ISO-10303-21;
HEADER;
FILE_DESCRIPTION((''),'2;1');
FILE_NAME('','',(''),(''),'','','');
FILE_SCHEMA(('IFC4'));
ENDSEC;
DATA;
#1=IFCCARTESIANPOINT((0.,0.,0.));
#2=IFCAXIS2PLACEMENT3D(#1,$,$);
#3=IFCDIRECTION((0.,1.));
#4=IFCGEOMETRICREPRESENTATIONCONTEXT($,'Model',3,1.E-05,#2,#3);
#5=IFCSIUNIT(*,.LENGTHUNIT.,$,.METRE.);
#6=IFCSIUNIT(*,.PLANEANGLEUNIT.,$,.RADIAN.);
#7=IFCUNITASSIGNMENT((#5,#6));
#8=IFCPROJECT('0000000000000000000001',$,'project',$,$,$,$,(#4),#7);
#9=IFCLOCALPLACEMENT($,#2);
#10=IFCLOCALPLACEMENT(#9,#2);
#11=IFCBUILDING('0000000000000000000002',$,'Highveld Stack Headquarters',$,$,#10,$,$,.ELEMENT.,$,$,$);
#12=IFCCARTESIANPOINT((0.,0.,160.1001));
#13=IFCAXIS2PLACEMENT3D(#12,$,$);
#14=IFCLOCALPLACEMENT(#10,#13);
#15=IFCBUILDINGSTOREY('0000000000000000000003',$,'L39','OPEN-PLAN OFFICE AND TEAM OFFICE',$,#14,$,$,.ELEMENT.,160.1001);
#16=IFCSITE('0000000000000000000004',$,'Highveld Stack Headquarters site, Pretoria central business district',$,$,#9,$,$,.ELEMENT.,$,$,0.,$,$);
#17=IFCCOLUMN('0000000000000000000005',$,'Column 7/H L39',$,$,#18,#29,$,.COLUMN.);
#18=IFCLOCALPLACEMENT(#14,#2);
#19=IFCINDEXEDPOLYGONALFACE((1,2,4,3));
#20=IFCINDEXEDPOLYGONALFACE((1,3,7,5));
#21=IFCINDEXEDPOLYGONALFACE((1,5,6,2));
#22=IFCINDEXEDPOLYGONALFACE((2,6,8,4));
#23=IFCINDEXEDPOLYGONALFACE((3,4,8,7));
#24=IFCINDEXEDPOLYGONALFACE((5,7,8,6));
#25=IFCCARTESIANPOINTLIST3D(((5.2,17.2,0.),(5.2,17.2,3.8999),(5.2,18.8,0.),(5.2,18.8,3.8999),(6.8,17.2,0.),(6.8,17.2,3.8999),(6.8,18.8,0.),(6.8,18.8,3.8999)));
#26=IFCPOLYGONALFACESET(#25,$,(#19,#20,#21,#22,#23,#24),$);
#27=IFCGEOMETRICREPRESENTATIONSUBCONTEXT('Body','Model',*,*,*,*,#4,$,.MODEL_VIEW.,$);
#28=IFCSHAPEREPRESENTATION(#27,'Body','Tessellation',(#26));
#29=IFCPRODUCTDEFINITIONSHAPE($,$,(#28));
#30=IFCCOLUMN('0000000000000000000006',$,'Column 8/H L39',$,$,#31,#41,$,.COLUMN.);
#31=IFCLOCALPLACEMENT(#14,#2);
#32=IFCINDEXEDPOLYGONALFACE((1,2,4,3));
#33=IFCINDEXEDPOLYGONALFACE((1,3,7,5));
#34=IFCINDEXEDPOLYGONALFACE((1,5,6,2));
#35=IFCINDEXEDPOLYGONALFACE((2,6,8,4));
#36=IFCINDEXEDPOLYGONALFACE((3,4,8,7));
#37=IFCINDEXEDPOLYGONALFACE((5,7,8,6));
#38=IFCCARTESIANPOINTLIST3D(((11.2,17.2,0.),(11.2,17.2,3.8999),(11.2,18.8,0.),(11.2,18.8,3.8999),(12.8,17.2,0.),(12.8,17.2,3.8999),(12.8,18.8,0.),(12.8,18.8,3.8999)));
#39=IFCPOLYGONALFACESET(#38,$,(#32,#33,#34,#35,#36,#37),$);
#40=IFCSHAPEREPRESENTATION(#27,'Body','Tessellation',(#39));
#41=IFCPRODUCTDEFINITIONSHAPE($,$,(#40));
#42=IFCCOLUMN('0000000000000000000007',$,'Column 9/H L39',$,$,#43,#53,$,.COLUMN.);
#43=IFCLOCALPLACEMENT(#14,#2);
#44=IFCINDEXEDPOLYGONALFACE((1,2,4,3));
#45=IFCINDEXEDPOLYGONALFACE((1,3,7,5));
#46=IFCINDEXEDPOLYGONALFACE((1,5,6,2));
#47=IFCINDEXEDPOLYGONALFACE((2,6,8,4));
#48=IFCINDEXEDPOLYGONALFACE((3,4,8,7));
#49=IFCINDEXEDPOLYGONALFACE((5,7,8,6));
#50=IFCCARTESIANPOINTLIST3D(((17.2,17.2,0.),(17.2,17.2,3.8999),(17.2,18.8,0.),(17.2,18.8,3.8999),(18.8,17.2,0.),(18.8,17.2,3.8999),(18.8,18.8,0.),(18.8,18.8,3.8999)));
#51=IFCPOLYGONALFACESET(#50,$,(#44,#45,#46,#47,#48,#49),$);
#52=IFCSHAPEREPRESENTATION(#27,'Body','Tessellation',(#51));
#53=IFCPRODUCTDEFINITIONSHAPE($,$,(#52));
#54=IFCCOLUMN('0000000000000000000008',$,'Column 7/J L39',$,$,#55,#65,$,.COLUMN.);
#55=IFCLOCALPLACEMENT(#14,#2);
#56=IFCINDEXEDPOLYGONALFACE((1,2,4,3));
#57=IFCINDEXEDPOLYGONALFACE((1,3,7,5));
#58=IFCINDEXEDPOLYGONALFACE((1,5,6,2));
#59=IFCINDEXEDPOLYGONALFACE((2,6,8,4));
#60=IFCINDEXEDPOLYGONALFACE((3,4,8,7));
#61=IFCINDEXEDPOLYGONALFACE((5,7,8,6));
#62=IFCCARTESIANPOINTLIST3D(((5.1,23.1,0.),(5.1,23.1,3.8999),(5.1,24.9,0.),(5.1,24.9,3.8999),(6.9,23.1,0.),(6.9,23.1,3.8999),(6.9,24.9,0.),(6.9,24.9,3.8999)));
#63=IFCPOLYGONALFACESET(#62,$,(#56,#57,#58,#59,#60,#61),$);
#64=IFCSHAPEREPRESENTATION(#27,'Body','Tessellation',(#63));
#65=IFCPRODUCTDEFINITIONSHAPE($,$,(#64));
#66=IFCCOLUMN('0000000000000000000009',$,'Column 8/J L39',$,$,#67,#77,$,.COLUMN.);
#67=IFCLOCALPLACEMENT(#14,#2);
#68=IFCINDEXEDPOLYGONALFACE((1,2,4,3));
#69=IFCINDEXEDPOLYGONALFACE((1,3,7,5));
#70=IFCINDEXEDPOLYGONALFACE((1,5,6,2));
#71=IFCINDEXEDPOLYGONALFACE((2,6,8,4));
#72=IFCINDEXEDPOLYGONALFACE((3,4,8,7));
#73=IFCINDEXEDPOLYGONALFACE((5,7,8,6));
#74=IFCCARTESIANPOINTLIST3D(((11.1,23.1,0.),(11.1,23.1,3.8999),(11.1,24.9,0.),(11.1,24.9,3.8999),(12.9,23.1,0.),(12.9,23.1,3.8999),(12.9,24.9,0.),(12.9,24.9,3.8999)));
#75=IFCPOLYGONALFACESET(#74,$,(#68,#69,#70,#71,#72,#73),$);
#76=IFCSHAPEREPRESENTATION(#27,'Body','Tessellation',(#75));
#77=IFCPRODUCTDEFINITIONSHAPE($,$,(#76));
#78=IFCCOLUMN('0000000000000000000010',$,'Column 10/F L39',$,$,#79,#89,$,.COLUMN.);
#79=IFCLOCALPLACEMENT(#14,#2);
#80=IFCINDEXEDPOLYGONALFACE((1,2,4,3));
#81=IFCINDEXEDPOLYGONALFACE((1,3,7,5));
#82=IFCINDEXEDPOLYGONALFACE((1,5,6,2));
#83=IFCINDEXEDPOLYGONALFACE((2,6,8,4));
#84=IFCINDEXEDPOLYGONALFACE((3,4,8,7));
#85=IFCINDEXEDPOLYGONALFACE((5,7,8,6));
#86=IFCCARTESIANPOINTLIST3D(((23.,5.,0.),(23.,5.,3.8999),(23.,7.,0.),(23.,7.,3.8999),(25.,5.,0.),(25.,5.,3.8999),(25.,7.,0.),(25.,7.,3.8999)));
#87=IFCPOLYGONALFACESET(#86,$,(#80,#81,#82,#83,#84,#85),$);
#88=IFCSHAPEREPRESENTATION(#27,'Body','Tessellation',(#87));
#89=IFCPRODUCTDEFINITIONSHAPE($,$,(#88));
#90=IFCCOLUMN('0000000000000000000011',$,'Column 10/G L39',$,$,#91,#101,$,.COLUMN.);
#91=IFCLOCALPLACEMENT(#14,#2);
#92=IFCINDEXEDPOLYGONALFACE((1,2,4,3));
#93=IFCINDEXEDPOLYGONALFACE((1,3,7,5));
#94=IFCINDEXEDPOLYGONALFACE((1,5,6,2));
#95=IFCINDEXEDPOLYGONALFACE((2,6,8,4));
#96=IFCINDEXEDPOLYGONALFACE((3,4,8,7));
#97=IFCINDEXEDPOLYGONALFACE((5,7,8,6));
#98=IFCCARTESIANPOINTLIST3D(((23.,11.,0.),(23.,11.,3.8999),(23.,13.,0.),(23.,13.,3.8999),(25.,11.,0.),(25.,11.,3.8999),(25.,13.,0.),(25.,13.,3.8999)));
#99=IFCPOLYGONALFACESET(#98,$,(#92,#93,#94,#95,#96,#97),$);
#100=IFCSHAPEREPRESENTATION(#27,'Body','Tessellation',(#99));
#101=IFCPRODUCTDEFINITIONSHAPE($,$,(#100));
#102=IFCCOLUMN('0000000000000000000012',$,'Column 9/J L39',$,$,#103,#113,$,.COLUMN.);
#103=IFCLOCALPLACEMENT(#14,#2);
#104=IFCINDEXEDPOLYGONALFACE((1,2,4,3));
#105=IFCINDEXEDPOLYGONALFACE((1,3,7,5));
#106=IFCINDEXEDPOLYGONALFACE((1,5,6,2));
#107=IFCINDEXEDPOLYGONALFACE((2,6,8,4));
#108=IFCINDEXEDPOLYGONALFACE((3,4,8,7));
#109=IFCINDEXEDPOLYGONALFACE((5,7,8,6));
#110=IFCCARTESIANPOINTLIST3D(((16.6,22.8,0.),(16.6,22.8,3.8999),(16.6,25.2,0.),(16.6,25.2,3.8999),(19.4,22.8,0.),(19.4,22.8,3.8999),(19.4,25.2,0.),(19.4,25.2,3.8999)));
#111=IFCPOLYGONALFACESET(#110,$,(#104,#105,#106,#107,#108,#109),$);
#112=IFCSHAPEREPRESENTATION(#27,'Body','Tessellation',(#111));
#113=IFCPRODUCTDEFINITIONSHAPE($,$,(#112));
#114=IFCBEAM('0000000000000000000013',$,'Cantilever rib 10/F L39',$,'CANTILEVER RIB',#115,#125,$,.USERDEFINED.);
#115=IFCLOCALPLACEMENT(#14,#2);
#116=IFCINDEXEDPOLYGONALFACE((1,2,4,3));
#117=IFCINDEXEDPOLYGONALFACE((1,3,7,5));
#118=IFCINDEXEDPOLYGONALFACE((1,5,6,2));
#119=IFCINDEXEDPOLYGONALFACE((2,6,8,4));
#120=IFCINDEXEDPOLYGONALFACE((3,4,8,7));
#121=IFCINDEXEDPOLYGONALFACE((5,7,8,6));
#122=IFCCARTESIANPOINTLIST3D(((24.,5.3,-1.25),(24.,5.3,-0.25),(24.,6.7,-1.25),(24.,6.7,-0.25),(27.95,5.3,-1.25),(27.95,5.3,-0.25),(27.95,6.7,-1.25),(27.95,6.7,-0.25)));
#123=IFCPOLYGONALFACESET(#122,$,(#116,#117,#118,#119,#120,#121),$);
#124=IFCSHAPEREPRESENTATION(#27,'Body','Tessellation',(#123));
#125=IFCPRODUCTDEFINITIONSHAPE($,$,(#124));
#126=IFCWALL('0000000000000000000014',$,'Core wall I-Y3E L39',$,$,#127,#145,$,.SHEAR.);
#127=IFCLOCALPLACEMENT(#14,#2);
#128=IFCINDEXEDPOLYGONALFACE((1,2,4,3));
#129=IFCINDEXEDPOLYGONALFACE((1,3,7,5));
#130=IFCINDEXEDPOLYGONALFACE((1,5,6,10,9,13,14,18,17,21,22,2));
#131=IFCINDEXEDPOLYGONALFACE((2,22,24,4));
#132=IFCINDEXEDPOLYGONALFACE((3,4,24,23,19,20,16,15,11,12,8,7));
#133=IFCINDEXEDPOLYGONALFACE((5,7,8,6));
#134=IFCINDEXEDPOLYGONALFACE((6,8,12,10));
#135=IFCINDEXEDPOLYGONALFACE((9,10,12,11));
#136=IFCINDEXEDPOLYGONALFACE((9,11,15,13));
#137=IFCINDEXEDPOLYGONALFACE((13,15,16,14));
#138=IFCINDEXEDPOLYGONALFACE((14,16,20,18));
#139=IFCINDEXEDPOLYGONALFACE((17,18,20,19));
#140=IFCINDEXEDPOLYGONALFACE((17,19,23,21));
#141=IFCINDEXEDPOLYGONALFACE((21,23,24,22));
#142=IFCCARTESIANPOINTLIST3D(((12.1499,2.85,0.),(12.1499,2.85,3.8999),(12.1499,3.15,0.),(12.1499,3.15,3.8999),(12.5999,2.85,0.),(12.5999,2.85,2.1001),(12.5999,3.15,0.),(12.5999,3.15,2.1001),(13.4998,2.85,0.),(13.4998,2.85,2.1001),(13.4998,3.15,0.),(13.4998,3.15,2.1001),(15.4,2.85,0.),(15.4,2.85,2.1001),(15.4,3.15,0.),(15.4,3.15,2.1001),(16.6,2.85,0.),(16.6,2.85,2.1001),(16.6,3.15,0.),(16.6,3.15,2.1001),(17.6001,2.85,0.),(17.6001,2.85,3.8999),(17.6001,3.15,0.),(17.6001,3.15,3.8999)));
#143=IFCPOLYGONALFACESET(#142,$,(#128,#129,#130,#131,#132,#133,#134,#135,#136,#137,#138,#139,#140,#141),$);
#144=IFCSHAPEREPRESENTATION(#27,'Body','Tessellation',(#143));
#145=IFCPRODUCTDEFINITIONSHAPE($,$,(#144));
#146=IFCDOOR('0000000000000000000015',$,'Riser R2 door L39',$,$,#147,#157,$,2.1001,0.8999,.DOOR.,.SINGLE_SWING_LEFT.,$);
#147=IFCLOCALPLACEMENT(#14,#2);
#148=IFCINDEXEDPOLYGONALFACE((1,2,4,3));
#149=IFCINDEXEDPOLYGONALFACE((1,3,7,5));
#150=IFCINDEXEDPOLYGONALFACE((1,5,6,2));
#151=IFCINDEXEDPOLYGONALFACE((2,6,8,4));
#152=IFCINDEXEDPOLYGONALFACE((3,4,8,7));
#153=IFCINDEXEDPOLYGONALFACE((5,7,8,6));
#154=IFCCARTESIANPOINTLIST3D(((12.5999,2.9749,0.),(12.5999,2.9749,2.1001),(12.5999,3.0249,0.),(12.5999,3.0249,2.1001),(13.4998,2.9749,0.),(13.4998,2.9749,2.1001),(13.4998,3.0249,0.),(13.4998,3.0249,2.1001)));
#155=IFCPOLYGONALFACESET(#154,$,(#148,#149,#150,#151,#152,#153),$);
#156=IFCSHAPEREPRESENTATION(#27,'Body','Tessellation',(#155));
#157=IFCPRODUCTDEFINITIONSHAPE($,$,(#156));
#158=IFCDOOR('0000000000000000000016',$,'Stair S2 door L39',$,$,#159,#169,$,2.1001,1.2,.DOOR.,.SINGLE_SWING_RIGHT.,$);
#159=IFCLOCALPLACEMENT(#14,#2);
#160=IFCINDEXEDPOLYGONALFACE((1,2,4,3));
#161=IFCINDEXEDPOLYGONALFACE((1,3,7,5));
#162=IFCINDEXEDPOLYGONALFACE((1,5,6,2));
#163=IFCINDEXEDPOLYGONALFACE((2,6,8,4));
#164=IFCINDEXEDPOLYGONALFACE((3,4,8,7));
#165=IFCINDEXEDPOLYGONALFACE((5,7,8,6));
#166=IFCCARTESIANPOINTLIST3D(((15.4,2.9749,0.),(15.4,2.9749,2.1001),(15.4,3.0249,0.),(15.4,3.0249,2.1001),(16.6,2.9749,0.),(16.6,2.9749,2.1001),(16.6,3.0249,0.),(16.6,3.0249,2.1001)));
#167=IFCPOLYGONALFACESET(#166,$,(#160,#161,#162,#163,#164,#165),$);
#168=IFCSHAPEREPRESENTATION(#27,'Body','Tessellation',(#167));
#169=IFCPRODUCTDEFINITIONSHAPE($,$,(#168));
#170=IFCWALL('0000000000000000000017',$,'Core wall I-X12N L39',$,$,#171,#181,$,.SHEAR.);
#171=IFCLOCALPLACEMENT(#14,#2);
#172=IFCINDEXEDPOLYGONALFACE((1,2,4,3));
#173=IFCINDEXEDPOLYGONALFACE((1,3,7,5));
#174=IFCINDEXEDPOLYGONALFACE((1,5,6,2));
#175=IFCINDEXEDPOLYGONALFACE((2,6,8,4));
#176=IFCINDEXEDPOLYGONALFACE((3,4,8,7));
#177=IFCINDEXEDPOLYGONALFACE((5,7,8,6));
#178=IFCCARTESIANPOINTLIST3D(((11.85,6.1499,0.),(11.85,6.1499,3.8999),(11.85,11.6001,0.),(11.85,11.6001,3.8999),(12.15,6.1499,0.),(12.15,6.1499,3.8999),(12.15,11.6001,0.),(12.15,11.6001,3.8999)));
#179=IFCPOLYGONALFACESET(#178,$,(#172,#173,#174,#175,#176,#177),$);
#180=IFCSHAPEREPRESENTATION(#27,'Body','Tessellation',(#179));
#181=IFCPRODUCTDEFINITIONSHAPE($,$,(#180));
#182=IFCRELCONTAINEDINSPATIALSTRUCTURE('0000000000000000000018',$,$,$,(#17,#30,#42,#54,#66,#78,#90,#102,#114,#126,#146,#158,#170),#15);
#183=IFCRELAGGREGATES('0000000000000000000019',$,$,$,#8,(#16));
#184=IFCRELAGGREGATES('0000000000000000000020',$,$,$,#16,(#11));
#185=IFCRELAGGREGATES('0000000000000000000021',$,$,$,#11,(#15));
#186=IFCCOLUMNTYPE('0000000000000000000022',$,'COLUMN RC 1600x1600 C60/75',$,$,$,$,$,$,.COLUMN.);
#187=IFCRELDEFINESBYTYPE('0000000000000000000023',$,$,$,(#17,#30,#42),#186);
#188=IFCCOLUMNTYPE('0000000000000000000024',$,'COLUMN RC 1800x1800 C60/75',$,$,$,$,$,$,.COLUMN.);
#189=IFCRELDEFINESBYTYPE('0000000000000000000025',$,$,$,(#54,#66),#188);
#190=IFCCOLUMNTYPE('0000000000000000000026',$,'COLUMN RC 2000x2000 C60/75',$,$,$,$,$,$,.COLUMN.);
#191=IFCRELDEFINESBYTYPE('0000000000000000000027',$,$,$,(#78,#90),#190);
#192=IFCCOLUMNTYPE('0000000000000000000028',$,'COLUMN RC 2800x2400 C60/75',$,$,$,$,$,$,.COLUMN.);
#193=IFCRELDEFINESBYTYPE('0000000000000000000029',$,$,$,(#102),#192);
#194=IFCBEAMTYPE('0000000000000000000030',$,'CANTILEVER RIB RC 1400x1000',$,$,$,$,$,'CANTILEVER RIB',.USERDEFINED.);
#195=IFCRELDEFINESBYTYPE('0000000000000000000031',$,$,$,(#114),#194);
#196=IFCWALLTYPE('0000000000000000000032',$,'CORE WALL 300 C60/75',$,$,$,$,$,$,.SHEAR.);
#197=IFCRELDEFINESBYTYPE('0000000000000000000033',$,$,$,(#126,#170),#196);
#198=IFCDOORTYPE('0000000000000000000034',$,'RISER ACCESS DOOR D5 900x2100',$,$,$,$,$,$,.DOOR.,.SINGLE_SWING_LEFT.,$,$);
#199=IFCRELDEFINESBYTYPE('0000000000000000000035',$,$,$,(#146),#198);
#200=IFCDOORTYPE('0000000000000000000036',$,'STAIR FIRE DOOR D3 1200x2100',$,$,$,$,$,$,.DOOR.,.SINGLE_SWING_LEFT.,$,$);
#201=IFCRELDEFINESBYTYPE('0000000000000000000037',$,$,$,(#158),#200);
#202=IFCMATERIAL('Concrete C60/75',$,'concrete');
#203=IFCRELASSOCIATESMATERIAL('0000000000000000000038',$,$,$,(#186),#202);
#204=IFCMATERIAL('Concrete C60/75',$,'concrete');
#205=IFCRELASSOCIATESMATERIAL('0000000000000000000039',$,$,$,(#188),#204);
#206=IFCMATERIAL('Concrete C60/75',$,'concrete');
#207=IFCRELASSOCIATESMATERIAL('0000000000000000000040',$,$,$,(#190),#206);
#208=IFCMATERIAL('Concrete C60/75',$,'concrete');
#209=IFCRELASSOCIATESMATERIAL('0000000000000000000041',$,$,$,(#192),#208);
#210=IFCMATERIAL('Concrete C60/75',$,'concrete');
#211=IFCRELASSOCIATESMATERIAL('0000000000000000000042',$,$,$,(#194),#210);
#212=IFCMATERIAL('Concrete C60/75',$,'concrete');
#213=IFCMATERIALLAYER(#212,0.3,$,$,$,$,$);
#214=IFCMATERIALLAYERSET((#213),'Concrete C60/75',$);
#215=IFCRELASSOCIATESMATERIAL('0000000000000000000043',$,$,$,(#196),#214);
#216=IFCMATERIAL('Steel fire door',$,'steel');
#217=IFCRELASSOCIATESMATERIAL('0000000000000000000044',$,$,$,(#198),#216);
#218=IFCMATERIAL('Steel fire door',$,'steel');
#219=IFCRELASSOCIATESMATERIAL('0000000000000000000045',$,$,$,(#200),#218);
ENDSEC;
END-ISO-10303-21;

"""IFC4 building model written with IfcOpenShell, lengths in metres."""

from ifc_helpers import new_model, si_unit, direction, frame, frame_2d, origin, origin_2d, place, context, subcontext, project, spatial, rectangle, extrude, material, layer, layer_set, material_profile, profile_set, type_object, element, fill, save


model = new_model("IFC4")

# Units and contexts
model_context = context("Model", 3, precision=1e-05, world=origin(), true_north=direction((0.0, 1.0)))
body_context = subcontext(model_context, "Body", "Model", "MODEL_VIEW")
ifc_project = project(units=[si_unit("LENGTHUNIT", "METRE"), si_unit("PLANEANGLEUNIT", "RADIAN")], contexts=[model_context])

# Site, building, storey
site_placement = place(None, origin())
site = spatial("IfcSite", under=ifc_project, at=site_placement, Name="Highveld Stack Headquarters site, Pretoria central business district", CompositionType="ELEMENT", RefElevation=0.0)
building_placement = place(site_placement, origin())
building = spatial("IfcBuilding", under=site, at=building_placement, Name="Highveld Stack Headquarters", CompositionType="ELEMENT")
storey_placement = place(building_placement, frame((0.0, 0.0, 160.1001)))
storey = spatial("IfcBuildingStorey", under=building, at=storey_placement, Name="L39", Description="OPEN-PLAN OFFICE AND TEAM OFFICE", CompositionType="ELEMENT", Elevation=160.1001)

# Columns
ifc_material_1 = material(Name="Concrete C60/75", Category="concrete")
ifc_material_profile_1 = material_profile(ifc_material_1, rectangle(XDim=1.6001, YDim=1.6001, at=origin_2d()), Name="RC 1600x1600")
ifc_profile_set_1 = profile_set([ifc_material_profile_1], Name="Concrete C60/75")
column_type_1 = type_object("IfcColumnType", Name="COLUMN RC 1600x1600 C60/75", PredefinedType="COLUMN", material=ifc_profile_set_1)
for number, where, z_axis, x_axis, name in (
    (1, (6.0, 18.0, 0.0), (0.0, 0.0, 1.0), (1.0, 0.0, 0.0), "Column 7/H L39"),
    (2, (12.0, 18.0, 0.0), (0.0, 0.0, 1.0), (1.0, 0.0, 0.0), "Column 8/H L39"),
    (3, (18.0, 18.0, 0.0), (0.0, 0.0, 1.0), (1.0, 0.0, 0.0), "Column 9/H L39"),
):
    element("IfcColumn", number, at=place(storey_placement, frame(where, z_axis=z_axis, x_axis=x_axis)), inside=storey, type_object=column_type_1, Name=name, PredefinedType="COLUMN", context=body_context, shape_type="SweptSolid", body=[
        extrude(rectangle(XDim=1.6001, YDim=1.6001, at=origin_2d()), origin(), (0.0, 0.0, 1.0), 3.8999),
    ])
ifc_material_2 = material(Name="Concrete C60/75", Category="concrete")
ifc_material_profile_2 = material_profile(ifc_material_2, rectangle(XDim=1.8, YDim=1.8, at=origin_2d()), Name="RC 1800x1800")
ifc_profile_set_2 = profile_set([ifc_material_profile_2], Name="Concrete C60/75")
column_type_2 = type_object("IfcColumnType", Name="COLUMN RC 1800x1800 C60/75", PredefinedType="COLUMN", material=ifc_profile_set_2)
for number, where, z_axis, x_axis, name in (
    (4, (6.0, 24.0, 0.0), (0.0, 0.0, 1.0), (1.0, 0.0, 0.0), "Column 7/J L39"),
    (5, (12.0, 24.0, 0.0), (0.0, 0.0, 1.0), (1.0, 0.0, 0.0), "Column 8/J L39"),
):
    element("IfcColumn", number, at=place(storey_placement, frame(where, z_axis=z_axis, x_axis=x_axis)), inside=storey, type_object=column_type_2, Name=name, PredefinedType="COLUMN", context=body_context, shape_type="SweptSolid", body=[
        extrude(rectangle(XDim=1.8, YDim=1.8, at=origin_2d()), origin(), (0.0, 0.0, 1.0), 3.8999),
    ])
ifc_material_3 = material(Name="Concrete C60/75", Category="concrete")
ifc_material_profile_3 = material_profile(ifc_material_3, rectangle(XDim=2.0, YDim=2.0, at=origin_2d()), Name="RC 2000x2000")
ifc_profile_set_3 = profile_set([ifc_material_profile_3], Name="Concrete C60/75")
column_type_3 = type_object("IfcColumnType", Name="COLUMN RC 2000x2000 C60/75", PredefinedType="COLUMN", material=ifc_profile_set_3)
for number, where, z_axis, x_axis, name in (
    (6, (24.0, 6.0, 0.0), (0.0, 0.0, 1.0), (1.0, 0.0, 0.0), "Column 10/F L39"),
    (7, (24.0, 12.0, 0.0), (0.0, 0.0, 1.0), (1.0, 0.0, 0.0), "Column 10/G L39"),
):
    element("IfcColumn", number, at=place(storey_placement, frame(where, z_axis=z_axis, x_axis=x_axis)), inside=storey, type_object=column_type_3, Name=name, PredefinedType="COLUMN", context=body_context, shape_type="SweptSolid", body=[
        extrude(rectangle(XDim=2.0, YDim=2.0, at=origin_2d()), origin(), (0.0, 0.0, 1.0), 3.8999),
    ])
ifc_material_4 = material(Name="Concrete C60/75", Category="concrete")
ifc_material_profile_4 = material_profile(ifc_material_4, rectangle(XDim=2.8, YDim=2.3999, at=origin_2d()), Name="RC 2800x2400")
ifc_profile_set_4 = profile_set([ifc_material_profile_4], Name="Concrete C60/75")
column_type_4 = type_object("IfcColumnType", Name="COLUMN RC 2800x2400 C60/75", PredefinedType="COLUMN", material=ifc_profile_set_4)
column_placement = place(storey_placement, frame((18.0, 24.0, 0.0), z_axis=(0.0, 0.0, 1.0), x_axis=(1.0, 0.0, 0.0)))
element("IfcColumn", 8, at=column_placement, inside=storey, type_object=column_type_4, Name="Column 9/J L39", PredefinedType="COLUMN", context=body_context, shape_type="SweptSolid", body=[
    extrude(rectangle(XDim=2.8, YDim=2.3999, at=origin_2d()), origin(), (0.0, 0.0, 1.0), 3.8999),
])

# Beam
ifc_material_5 = material(Name="Concrete C60/75", Category="concrete")
ifc_material_profile_5 = material_profile(ifc_material_5, rectangle(XDim=1.3999, YDim=1.0, at=origin_2d()), Name="RC 1400x1000")
ifc_profile_set_5 = profile_set([ifc_material_profile_5], Name="Concrete C60/75")
beam_type = type_object("IfcBeamType", Name="CANTILEVER RIB RC 1400x1000", ElementType="CANTILEVER RIB", PredefinedType="USERDEFINED", material=ifc_profile_set_5)
beam_placement = place(storey_placement, frame((24.0, 6.0, -0.75), z_axis=(1.0, 0.0, 0.0), x_axis=(0.0, 1.0, 0.0)))
element("IfcBeam", 9, at=beam_placement, inside=storey, type_object=beam_type, Name="Cantilever rib 10/F L39", ObjectType="CANTILEVER RIB", PredefinedType="USERDEFINED", context=body_context, shape_type="SweptSolid", body=[
    extrude(rectangle(XDim=1.3999, YDim=1.0, at=origin_2d()), origin(), (0.0, 0.0, 1.0), 3.95),
])

# Wall, openings, doors
ifc_material_6 = material(Name="Concrete C60/75", Category="concrete")
ifc_layer_1 = layer(ifc_material_6, 0.3)
ifc_layer_set_1 = layer_set([ifc_layer_1], Name="Concrete C60/75")
wall_type_1 = type_object("IfcWallType", Name="CORE WALL 300 C60/75", PredefinedType="SHEAR", material=ifc_layer_set_1)
wall_1_placement = place(storey_placement, frame((12.1499, 3.0, 0.0), z_axis=(0.0, 0.0, 1.0), x_axis=(1.0, 0.0, 0.0)))
wall_1 = element("IfcWall", 10, at=wall_1_placement, inside=storey, type_object=wall_type_1, Name="Core wall I-Y3E L39", PredefinedType="SHEAR", context=body_context, shape_type="SweptSolid", body=[
    extrude(rectangle(XDim=5.4502, YDim=0.3, at=frame_2d((2.7251, 0.0))), origin(), (0.0, 0.0, 1.0), 3.8999),
])
opening_1_placement = place(wall_1_placement, frame((3.25, 0.0, 0.0)))
opening_1 = element("IfcOpeningElement", 11, at=opening_1_placement, cuts=wall_1, PredefinedType="OPENING", context=body_context, shape_type="SweptSolid", body=[
    extrude(rectangle(XDim=1.2, YDim=2.1001, at=frame_2d((0.6001, 1.05))), frame((0.0, 0.1599, 0.0), z_axis=(0.0, -1.0, 0.0), x_axis=(1.0, 0.0, 0.0)), (0.0, 0.0, 1.0), 0.3201),
])
opening_2_placement = place(wall_1_placement, frame((0.45, 0.0, 0.0)))
opening_2 = element("IfcOpeningElement", 12, at=opening_2_placement, cuts=wall_1, PredefinedType="OPENING", context=body_context, shape_type="SweptSolid", body=[
    extrude(rectangle(XDim=0.8999, YDim=2.1001, at=frame_2d((0.45, 1.05))), frame((0.0, 0.1599, 0.0), z_axis=(0.0, -1.0, 0.0), x_axis=(1.0, 0.0, 0.0)), (0.0, 0.0, 1.0), 0.3201),
])
ifc_material_7 = material(Name="Steel fire door", Category="steel")
door_type_1 = type_object("IfcDoorType", Name="RISER ACCESS DOOR D5 900x2100", OperationType="SINGLE_SWING_LEFT", PredefinedType="DOOR", material=ifc_material_7)
door_1_placement = place(opening_2_placement, origin())
door_1 = element("IfcDoor", 13, at=door_1_placement, inside=storey, type_object=door_type_1, Name="Riser R2 door L39", OperationType="SINGLE_SWING_LEFT", OverallHeight=2.1001, OverallWidth=0.8999, PredefinedType="DOOR", context=body_context, shape_type="SweptSolid", body=[
    extrude(rectangle(XDim=0.8999, YDim=2.1001, at=frame_2d((0.45, 1.05))), frame((0.0, 0.0249, 0.0), z_axis=(0.0, -1.0, 0.0), x_axis=(1.0, 0.0, 0.0)), (0.0, 0.0, 1.0), 0.05),
])
fill(opening_2, door_1)
ifc_material_8 = material(Name="Steel fire door", Category="steel")
door_type_2 = type_object("IfcDoorType", Name="STAIR FIRE DOOR D3 1200x2100", OperationType="SINGLE_SWING_LEFT", PredefinedType="DOOR", material=ifc_material_8)
door_2_placement = place(opening_1_placement, origin())
door_2 = element("IfcDoor", 14, at=door_2_placement, inside=storey, type_object=door_type_2, Name="Stair S2 door L39", OperationType="SINGLE_SWING_RIGHT", OverallHeight=2.1001, OverallWidth=1.2, PredefinedType="DOOR", context=body_context, shape_type="SweptSolid", body=[
    extrude(rectangle(XDim=1.2, YDim=2.1001, at=frame_2d((0.6001, 1.05))), frame((0.0, 0.0249, 0.0), z_axis=(0.0, -1.0, 0.0), x_axis=(1.0, 0.0, 0.0)), (0.0, 0.0, 1.0), 0.05),
])
fill(opening_1, door_2)

# Wall
wall_2_placement = place(storey_placement, frame((12.0, 6.1499, 0.0), z_axis=(0.0, 0.0, 1.0), x_axis=(0.0, 1.0, 0.0)))
element("IfcWall", 15, at=wall_2_placement, inside=storey, type_object=wall_type_1, Name="Core wall I-X12N L39", PredefinedType="SHEAR", context=body_context, shape_type="SweptSolid", body=[
    extrude(rectangle(XDim=5.4502, YDim=0.3, at=frame_2d((2.7251, 0.0))), origin(), (0.0, 0.0, 1.0), 3.8999),
])

save(model, "model.ifc")
